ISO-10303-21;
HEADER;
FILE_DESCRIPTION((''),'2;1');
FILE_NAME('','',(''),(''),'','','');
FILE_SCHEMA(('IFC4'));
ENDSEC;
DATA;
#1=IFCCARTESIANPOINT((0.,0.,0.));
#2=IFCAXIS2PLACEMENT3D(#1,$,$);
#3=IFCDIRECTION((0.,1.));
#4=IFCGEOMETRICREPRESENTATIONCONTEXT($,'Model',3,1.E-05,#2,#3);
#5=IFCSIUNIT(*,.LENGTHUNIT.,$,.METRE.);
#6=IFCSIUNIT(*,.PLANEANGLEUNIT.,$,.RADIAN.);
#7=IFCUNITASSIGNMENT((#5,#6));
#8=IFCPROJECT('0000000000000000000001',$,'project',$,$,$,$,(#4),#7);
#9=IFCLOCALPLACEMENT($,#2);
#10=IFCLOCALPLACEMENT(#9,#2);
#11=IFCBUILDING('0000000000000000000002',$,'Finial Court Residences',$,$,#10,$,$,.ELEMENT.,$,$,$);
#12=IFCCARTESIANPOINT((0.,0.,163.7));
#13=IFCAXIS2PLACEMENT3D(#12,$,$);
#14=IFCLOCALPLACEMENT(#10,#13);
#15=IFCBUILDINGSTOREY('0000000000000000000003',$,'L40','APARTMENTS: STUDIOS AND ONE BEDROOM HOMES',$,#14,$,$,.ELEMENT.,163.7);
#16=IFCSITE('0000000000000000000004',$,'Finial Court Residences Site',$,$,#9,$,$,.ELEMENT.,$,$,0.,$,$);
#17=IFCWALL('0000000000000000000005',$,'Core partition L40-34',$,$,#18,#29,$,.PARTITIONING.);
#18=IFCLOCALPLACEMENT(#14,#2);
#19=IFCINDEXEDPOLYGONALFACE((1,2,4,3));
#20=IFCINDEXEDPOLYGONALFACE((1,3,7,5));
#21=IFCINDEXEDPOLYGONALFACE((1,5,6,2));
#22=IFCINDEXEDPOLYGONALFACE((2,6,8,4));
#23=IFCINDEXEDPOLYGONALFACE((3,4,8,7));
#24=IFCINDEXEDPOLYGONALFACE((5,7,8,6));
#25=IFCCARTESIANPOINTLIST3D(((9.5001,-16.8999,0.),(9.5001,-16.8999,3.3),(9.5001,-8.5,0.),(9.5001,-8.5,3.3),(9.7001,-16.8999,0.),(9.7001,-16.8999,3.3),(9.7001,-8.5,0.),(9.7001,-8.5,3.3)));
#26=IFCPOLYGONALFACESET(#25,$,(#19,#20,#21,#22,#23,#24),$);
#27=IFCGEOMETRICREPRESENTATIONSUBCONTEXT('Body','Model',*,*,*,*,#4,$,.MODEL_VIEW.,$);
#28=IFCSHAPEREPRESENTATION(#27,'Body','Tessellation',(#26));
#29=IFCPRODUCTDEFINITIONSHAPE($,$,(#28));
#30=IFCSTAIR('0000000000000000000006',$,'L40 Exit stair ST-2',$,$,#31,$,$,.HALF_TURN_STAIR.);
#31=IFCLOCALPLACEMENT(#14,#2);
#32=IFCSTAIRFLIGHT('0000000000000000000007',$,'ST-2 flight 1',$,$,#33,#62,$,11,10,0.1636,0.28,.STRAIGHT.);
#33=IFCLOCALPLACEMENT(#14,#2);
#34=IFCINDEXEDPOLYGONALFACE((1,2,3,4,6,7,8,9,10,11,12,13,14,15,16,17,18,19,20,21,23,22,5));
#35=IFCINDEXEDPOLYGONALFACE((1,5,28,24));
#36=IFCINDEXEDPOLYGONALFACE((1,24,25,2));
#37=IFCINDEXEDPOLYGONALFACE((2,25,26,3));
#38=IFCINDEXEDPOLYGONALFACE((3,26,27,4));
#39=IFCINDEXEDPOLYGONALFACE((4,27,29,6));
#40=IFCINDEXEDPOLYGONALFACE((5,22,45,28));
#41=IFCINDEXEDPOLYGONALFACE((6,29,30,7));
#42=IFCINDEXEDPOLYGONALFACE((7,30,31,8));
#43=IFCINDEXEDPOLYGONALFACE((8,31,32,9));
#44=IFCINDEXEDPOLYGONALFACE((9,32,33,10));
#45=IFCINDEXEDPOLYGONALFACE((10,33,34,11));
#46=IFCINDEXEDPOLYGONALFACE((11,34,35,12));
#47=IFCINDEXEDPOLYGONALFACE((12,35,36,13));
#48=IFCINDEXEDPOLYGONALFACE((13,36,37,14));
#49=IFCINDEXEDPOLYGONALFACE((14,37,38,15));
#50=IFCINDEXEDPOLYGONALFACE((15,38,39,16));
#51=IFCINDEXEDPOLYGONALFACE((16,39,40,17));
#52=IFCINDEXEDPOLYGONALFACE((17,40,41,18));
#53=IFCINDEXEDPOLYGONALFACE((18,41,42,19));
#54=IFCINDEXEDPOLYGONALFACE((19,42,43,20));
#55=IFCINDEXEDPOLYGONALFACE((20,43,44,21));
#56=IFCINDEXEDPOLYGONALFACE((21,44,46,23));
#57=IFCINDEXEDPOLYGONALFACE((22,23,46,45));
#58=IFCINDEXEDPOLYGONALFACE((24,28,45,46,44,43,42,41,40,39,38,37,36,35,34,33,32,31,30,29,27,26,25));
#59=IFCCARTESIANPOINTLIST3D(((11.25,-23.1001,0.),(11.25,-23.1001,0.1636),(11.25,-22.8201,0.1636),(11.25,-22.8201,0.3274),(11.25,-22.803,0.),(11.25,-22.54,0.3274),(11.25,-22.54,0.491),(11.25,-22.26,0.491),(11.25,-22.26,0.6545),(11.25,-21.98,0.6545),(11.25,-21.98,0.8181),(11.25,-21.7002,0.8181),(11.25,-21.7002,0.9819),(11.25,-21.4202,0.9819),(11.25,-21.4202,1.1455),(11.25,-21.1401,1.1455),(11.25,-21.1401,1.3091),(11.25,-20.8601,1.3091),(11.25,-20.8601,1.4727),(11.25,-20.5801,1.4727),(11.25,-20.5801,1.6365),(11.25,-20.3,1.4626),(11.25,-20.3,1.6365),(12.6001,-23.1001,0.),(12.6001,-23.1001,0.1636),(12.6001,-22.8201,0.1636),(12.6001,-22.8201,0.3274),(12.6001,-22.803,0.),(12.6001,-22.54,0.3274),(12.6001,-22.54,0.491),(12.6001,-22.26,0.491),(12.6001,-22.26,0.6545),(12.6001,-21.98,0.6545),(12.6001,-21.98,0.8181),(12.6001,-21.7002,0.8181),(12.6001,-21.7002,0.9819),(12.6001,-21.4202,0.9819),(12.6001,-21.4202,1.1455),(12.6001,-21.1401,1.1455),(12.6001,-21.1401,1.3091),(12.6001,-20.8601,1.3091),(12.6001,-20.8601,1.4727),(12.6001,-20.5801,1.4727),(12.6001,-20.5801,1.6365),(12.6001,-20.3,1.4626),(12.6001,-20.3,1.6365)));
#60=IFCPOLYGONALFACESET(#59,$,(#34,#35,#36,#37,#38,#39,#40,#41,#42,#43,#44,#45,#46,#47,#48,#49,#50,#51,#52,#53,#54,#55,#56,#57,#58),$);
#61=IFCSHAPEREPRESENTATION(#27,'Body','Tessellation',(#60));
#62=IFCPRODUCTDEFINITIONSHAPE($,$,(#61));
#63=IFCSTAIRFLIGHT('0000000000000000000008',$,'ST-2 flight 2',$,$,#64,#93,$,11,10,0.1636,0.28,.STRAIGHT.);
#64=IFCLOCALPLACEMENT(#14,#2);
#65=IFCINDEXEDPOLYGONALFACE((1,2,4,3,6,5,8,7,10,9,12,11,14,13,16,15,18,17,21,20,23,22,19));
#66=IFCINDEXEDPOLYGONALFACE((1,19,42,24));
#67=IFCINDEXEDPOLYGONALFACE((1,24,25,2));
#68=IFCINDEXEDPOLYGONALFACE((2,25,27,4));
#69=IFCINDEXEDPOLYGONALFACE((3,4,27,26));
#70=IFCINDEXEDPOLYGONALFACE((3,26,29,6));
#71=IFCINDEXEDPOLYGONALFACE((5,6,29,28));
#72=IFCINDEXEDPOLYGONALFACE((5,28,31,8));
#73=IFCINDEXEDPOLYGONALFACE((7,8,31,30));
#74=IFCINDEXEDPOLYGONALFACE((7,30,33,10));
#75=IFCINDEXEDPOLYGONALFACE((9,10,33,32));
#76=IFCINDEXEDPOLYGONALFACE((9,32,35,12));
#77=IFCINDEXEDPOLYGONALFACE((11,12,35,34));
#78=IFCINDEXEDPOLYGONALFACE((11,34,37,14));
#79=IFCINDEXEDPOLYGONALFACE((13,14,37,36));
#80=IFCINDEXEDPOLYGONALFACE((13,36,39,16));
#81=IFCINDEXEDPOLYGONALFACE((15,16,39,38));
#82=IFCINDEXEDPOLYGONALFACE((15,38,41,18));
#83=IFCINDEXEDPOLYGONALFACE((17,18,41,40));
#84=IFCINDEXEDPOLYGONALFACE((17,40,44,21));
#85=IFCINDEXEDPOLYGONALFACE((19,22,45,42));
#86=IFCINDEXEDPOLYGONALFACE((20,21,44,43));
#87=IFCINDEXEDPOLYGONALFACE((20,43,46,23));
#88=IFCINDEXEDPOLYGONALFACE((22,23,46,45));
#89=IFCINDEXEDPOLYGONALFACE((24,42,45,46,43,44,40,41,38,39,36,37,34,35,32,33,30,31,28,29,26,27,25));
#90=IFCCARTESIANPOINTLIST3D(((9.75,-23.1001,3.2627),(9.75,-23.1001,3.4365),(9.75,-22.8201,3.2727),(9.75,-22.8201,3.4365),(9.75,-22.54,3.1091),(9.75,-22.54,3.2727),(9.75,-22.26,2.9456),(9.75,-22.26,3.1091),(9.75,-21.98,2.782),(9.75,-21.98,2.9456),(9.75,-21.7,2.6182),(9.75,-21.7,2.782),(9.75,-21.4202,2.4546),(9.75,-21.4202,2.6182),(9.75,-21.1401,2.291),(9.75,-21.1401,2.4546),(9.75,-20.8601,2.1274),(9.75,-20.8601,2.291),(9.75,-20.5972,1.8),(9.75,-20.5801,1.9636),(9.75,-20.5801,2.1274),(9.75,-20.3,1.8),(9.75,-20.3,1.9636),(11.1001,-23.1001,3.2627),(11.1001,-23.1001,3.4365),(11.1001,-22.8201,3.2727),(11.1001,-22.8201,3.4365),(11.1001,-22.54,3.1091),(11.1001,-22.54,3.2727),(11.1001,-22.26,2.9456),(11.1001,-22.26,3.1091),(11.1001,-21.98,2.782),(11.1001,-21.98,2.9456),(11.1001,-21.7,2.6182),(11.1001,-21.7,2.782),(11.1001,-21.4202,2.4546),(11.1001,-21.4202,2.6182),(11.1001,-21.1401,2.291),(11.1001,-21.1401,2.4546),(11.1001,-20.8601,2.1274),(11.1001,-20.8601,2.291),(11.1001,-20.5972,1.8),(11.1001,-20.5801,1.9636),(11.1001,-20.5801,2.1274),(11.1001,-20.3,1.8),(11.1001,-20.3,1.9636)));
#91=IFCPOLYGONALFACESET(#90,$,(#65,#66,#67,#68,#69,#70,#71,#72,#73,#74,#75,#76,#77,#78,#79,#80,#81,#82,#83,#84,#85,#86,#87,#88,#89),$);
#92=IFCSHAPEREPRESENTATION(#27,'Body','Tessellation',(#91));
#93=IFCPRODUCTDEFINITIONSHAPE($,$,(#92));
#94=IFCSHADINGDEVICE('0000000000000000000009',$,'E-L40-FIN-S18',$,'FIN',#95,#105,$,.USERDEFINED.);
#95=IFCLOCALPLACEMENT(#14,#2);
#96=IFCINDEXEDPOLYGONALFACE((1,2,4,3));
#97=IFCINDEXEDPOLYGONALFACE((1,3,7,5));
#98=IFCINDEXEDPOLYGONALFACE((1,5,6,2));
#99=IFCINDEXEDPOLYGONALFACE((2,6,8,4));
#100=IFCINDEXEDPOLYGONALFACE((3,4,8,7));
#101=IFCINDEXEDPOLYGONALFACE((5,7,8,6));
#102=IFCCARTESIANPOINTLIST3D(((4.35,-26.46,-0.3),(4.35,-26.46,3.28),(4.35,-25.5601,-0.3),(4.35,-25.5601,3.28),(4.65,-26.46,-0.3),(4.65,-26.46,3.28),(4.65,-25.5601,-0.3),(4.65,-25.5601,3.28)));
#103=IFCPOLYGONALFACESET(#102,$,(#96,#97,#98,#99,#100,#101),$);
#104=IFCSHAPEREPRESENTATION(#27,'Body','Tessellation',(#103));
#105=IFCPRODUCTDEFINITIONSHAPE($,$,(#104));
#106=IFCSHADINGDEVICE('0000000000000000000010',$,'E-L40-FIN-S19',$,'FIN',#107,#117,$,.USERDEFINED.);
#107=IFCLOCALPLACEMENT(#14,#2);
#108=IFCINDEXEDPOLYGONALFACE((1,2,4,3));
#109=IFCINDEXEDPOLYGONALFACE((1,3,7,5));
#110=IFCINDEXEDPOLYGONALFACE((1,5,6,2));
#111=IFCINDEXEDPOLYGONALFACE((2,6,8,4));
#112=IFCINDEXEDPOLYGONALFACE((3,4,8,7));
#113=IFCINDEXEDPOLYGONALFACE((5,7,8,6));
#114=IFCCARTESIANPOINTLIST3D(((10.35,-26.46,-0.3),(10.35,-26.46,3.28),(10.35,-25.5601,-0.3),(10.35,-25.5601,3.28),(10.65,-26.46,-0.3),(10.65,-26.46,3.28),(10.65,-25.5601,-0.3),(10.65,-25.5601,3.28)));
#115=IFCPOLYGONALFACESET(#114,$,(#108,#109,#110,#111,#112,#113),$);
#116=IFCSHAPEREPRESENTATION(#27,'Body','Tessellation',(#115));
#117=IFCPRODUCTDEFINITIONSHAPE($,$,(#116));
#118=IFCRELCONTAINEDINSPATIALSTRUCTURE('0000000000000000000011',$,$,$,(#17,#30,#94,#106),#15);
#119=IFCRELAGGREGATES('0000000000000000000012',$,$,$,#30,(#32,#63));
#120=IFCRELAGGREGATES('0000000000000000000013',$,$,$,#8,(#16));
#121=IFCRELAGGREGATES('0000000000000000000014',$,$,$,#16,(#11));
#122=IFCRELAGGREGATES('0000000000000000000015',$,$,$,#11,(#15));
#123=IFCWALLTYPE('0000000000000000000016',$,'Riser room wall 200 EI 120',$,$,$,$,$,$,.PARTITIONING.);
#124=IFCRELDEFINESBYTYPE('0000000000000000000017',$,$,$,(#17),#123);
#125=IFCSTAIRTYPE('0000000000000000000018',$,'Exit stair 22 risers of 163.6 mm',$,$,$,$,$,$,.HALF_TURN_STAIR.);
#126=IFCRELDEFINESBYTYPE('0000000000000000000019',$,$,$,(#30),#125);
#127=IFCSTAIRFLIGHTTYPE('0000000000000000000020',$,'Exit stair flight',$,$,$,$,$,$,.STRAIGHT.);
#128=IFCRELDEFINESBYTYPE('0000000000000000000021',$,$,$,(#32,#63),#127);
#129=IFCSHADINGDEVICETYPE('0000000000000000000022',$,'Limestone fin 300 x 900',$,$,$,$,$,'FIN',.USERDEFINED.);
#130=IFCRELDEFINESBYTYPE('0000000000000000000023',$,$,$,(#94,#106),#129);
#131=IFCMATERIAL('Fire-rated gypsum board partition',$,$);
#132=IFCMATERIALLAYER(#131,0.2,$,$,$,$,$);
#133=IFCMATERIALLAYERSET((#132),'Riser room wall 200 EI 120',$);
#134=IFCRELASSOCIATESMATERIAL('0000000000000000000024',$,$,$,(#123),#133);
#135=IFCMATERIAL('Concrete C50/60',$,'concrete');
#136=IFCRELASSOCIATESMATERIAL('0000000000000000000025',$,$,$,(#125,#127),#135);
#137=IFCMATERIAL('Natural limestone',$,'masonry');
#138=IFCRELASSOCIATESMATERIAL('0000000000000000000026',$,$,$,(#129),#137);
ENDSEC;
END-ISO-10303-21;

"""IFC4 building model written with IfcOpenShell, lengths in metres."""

from ifc_helpers import new_model, si_unit, direction, frame, frame_2d, origin, origin_2d, place, context, subcontext, project, spatial, polyline, rectangle, outline, extrude, material, layer, layer_set, type_object, element, aggregate, save


model = new_model("IFC4")

# Units and contexts
model_context = context("Model", 3, precision=1e-05, world=origin(), true_north=direction((0.0, 1.0)))
body_context = subcontext(model_context, "Body", "Model", "MODEL_VIEW")
ifc_project = project(units=[si_unit("LENGTHUNIT", "METRE"), si_unit("PLANEANGLEUNIT", "RADIAN")], contexts=[model_context])

# Site, building, storey
site_placement = place(None, origin())
site = spatial("IfcSite", under=ifc_project, at=site_placement, Name="Finial Court Residences Site", CompositionType="ELEMENT", RefElevation=0.0)
building_placement = place(site_placement, origin())
building = spatial("IfcBuilding", under=site, at=building_placement, Name="Finial Court Residences", CompositionType="ELEMENT")
storey_placement = place(building_placement, frame((0.0, 0.0, 163.7)))
storey = spatial("IfcBuildingStorey", under=building, at=storey_placement, Name="L40", Description="APARTMENTS: STUDIOS AND ONE BEDROOM HOMES", CompositionType="ELEMENT", Elevation=163.7)

# Shared definitions
ifc_material_1 = material(Name="Fire-rated gypsum board partition")

# Wall
ifc_layer_1 = layer(ifc_material_1, 0.2)
ifc_layer_set_1 = layer_set([ifc_layer_1], Name="Riser room wall 200 EI 120")
wall_type_1 = type_object("IfcWallType", Name="Riser room wall 200 EI 120", PredefinedType="PARTITIONING", material=ifc_layer_set_1)
wall_1_placement = place(storey_placement, frame((9.6001, -16.8999, 0.0), z_axis=(0.0, 0.0, 1.0), x_axis=(0.0, 1.0, 0.0)))
element("IfcWall", 1, at=wall_1_placement, inside=storey, type_object=wall_type_1, Name="Core partition L40-34", PredefinedType="PARTITIONING", context=body_context, shape_type="SweptSolid", body=[
    extrude(rectangle(XDim=8.3999, YDim=0.2, at=frame_2d((4.2, 0.0))), origin(), (0.0, 0.0, 1.0), 3.3),
])

# Stair, stair flights
ifc_material_2 = material(Name="Concrete C50/60", Category="concrete")
stair_type = type_object("IfcStairType", Name="Exit stair 22 risers of 163.6 mm", PredefinedType="HALF_TURN_STAIR", material=ifc_material_2)
stair_placement = place(storey_placement, origin())
stair = element("IfcStair", 2, at=stair_placement, inside=storey, type_object=stair_type, Name="L40 Exit stair ST-2", PredefinedType="HALF_TURN_STAIR")
stair_flight_type = type_object("IfcStairFlightType", Name="Exit stair flight", PredefinedType="STRAIGHT", material=ifc_material_2)
stair_flight_1_placement = place(storey_placement, frame((11.925, -23.1001, 0.0), z_axis=(0.0, 0.0, 1.0), x_axis=(0.0, 1.0, 0.0)))
stair_flight_1 = element("IfcStairFlight", 3, at=stair_flight_1_placement, type_object=stair_flight_type, Name="ST-2 flight 1", NumberOfRisers=11, NumberOfTreads=10, PredefinedType="STRAIGHT", RiserHeight=0.1636, TreadLength=0.28, context=body_context, shape_type="SweptSolid", body=[
    extrude(outline(polyline([(0.0, 0.0), (0.0, 0.1636), (0.28, 0.1636), (0.28, 0.3274), (0.5601, 0.3274), (0.5601, 0.491), (0.8401, 0.491), (0.8401, 0.6545), (1.1201, 0.6545), (1.1201, 0.8181), (1.3999, 0.8181), (1.3999, 0.9819), (1.6799, 0.9819), (1.6799, 1.1455), (1.96, 1.1455), (1.96, 1.3091), (2.24, 1.3091), (2.24, 1.4727), (2.52, 1.4727), (2.52, 1.6365), (2.8, 1.6365), (2.8, 1.8), (2.8, 1.4626), (0.2971, 0.0), (0.0, 0.0)])), frame((0.0, 0.675, 0.0), z_axis=(0.0, -1.0, 0.0), x_axis=(1.0, 0.0, 0.0)), (0.0, 0.0, 1.0), 1.3501),
])
stair_flight_2_placement = place(storey_placement, frame((10.425, -20.3, 1.8), z_axis=(0.0, 0.0, 1.0), x_axis=(0.0, -1.0, 0.0)))
stair_flight_2 = element("IfcStairFlight", 4, at=stair_flight_2_placement, type_object=stair_flight_type, Name="ST-2 flight 2", NumberOfRisers=11, NumberOfTreads=10, PredefinedType="STRAIGHT", RiserHeight=0.1636, TreadLength=0.28, context=body_context, shape_type="SweptSolid", body=[
    extrude(outline(polyline([(0.0, 0.0), (0.0, 0.1636), (0.28, 0.1636), (0.28, 0.3274), (0.5601, 0.3274), (0.5601, 0.491), (0.8401, 0.491), (0.8401, 0.6545), (1.1201, 0.6545), (1.1201, 0.8181), (1.3999, 0.8181), (1.3999, 0.9819), (1.6799, 0.9819), (1.6799, 1.1455), (1.96, 1.1455), (1.96, 1.3091), (2.24, 1.3091), (2.24, 1.4727), (2.52, 1.4727), (2.52, 1.6365), (2.8, 1.6365), (2.8, 1.8), (2.8, 1.4626), (0.2971, 0.0), (0.0, 0.0)])), frame((0.0, 0.675, 0.0), z_axis=(0.0, -1.0, 0.0), x_axis=(1.0, 0.0, 0.0)), (0.0, 0.0, 1.0), 1.3501),
])
aggregate(stair, [stair_flight_1, stair_flight_2])

# Shading devices
ifc_material_3 = material(Name="Natural limestone", Category="masonry")
shading_device_type = type_object("IfcShadingDeviceType", Name="Limestone fin 300 x 900", ElementType="FIN", PredefinedType="USERDEFINED", material=ifc_material_3)
for number, where, z_axis, x_axis, name in (
    (5, (4.5, -26.01, -0.3), (0.0, 0.0, 1.0), (1.0, 0.0, 0.0), "E-L40-FIN-S18"),
    (6, (10.5, -26.01, -0.3), (0.0, 0.0, 1.0), (1.0, 0.0, 0.0), "E-L40-FIN-S19"),
):
    element("IfcShadingDevice", number, at=place(storey_placement, frame(where, z_axis=z_axis, x_axis=x_axis)), inside=storey, type_object=shading_device_type, Name=name, ObjectType="FIN", PredefinedType="USERDEFINED", context=body_context, shape_type="SweptSolid", body=[
        extrude(rectangle(XDim=0.3, YDim=0.8999, at=origin_2d()), origin(), (0.0, 0.0, 1.0), 3.5801),
    ])

save(model, "model.ifc")
